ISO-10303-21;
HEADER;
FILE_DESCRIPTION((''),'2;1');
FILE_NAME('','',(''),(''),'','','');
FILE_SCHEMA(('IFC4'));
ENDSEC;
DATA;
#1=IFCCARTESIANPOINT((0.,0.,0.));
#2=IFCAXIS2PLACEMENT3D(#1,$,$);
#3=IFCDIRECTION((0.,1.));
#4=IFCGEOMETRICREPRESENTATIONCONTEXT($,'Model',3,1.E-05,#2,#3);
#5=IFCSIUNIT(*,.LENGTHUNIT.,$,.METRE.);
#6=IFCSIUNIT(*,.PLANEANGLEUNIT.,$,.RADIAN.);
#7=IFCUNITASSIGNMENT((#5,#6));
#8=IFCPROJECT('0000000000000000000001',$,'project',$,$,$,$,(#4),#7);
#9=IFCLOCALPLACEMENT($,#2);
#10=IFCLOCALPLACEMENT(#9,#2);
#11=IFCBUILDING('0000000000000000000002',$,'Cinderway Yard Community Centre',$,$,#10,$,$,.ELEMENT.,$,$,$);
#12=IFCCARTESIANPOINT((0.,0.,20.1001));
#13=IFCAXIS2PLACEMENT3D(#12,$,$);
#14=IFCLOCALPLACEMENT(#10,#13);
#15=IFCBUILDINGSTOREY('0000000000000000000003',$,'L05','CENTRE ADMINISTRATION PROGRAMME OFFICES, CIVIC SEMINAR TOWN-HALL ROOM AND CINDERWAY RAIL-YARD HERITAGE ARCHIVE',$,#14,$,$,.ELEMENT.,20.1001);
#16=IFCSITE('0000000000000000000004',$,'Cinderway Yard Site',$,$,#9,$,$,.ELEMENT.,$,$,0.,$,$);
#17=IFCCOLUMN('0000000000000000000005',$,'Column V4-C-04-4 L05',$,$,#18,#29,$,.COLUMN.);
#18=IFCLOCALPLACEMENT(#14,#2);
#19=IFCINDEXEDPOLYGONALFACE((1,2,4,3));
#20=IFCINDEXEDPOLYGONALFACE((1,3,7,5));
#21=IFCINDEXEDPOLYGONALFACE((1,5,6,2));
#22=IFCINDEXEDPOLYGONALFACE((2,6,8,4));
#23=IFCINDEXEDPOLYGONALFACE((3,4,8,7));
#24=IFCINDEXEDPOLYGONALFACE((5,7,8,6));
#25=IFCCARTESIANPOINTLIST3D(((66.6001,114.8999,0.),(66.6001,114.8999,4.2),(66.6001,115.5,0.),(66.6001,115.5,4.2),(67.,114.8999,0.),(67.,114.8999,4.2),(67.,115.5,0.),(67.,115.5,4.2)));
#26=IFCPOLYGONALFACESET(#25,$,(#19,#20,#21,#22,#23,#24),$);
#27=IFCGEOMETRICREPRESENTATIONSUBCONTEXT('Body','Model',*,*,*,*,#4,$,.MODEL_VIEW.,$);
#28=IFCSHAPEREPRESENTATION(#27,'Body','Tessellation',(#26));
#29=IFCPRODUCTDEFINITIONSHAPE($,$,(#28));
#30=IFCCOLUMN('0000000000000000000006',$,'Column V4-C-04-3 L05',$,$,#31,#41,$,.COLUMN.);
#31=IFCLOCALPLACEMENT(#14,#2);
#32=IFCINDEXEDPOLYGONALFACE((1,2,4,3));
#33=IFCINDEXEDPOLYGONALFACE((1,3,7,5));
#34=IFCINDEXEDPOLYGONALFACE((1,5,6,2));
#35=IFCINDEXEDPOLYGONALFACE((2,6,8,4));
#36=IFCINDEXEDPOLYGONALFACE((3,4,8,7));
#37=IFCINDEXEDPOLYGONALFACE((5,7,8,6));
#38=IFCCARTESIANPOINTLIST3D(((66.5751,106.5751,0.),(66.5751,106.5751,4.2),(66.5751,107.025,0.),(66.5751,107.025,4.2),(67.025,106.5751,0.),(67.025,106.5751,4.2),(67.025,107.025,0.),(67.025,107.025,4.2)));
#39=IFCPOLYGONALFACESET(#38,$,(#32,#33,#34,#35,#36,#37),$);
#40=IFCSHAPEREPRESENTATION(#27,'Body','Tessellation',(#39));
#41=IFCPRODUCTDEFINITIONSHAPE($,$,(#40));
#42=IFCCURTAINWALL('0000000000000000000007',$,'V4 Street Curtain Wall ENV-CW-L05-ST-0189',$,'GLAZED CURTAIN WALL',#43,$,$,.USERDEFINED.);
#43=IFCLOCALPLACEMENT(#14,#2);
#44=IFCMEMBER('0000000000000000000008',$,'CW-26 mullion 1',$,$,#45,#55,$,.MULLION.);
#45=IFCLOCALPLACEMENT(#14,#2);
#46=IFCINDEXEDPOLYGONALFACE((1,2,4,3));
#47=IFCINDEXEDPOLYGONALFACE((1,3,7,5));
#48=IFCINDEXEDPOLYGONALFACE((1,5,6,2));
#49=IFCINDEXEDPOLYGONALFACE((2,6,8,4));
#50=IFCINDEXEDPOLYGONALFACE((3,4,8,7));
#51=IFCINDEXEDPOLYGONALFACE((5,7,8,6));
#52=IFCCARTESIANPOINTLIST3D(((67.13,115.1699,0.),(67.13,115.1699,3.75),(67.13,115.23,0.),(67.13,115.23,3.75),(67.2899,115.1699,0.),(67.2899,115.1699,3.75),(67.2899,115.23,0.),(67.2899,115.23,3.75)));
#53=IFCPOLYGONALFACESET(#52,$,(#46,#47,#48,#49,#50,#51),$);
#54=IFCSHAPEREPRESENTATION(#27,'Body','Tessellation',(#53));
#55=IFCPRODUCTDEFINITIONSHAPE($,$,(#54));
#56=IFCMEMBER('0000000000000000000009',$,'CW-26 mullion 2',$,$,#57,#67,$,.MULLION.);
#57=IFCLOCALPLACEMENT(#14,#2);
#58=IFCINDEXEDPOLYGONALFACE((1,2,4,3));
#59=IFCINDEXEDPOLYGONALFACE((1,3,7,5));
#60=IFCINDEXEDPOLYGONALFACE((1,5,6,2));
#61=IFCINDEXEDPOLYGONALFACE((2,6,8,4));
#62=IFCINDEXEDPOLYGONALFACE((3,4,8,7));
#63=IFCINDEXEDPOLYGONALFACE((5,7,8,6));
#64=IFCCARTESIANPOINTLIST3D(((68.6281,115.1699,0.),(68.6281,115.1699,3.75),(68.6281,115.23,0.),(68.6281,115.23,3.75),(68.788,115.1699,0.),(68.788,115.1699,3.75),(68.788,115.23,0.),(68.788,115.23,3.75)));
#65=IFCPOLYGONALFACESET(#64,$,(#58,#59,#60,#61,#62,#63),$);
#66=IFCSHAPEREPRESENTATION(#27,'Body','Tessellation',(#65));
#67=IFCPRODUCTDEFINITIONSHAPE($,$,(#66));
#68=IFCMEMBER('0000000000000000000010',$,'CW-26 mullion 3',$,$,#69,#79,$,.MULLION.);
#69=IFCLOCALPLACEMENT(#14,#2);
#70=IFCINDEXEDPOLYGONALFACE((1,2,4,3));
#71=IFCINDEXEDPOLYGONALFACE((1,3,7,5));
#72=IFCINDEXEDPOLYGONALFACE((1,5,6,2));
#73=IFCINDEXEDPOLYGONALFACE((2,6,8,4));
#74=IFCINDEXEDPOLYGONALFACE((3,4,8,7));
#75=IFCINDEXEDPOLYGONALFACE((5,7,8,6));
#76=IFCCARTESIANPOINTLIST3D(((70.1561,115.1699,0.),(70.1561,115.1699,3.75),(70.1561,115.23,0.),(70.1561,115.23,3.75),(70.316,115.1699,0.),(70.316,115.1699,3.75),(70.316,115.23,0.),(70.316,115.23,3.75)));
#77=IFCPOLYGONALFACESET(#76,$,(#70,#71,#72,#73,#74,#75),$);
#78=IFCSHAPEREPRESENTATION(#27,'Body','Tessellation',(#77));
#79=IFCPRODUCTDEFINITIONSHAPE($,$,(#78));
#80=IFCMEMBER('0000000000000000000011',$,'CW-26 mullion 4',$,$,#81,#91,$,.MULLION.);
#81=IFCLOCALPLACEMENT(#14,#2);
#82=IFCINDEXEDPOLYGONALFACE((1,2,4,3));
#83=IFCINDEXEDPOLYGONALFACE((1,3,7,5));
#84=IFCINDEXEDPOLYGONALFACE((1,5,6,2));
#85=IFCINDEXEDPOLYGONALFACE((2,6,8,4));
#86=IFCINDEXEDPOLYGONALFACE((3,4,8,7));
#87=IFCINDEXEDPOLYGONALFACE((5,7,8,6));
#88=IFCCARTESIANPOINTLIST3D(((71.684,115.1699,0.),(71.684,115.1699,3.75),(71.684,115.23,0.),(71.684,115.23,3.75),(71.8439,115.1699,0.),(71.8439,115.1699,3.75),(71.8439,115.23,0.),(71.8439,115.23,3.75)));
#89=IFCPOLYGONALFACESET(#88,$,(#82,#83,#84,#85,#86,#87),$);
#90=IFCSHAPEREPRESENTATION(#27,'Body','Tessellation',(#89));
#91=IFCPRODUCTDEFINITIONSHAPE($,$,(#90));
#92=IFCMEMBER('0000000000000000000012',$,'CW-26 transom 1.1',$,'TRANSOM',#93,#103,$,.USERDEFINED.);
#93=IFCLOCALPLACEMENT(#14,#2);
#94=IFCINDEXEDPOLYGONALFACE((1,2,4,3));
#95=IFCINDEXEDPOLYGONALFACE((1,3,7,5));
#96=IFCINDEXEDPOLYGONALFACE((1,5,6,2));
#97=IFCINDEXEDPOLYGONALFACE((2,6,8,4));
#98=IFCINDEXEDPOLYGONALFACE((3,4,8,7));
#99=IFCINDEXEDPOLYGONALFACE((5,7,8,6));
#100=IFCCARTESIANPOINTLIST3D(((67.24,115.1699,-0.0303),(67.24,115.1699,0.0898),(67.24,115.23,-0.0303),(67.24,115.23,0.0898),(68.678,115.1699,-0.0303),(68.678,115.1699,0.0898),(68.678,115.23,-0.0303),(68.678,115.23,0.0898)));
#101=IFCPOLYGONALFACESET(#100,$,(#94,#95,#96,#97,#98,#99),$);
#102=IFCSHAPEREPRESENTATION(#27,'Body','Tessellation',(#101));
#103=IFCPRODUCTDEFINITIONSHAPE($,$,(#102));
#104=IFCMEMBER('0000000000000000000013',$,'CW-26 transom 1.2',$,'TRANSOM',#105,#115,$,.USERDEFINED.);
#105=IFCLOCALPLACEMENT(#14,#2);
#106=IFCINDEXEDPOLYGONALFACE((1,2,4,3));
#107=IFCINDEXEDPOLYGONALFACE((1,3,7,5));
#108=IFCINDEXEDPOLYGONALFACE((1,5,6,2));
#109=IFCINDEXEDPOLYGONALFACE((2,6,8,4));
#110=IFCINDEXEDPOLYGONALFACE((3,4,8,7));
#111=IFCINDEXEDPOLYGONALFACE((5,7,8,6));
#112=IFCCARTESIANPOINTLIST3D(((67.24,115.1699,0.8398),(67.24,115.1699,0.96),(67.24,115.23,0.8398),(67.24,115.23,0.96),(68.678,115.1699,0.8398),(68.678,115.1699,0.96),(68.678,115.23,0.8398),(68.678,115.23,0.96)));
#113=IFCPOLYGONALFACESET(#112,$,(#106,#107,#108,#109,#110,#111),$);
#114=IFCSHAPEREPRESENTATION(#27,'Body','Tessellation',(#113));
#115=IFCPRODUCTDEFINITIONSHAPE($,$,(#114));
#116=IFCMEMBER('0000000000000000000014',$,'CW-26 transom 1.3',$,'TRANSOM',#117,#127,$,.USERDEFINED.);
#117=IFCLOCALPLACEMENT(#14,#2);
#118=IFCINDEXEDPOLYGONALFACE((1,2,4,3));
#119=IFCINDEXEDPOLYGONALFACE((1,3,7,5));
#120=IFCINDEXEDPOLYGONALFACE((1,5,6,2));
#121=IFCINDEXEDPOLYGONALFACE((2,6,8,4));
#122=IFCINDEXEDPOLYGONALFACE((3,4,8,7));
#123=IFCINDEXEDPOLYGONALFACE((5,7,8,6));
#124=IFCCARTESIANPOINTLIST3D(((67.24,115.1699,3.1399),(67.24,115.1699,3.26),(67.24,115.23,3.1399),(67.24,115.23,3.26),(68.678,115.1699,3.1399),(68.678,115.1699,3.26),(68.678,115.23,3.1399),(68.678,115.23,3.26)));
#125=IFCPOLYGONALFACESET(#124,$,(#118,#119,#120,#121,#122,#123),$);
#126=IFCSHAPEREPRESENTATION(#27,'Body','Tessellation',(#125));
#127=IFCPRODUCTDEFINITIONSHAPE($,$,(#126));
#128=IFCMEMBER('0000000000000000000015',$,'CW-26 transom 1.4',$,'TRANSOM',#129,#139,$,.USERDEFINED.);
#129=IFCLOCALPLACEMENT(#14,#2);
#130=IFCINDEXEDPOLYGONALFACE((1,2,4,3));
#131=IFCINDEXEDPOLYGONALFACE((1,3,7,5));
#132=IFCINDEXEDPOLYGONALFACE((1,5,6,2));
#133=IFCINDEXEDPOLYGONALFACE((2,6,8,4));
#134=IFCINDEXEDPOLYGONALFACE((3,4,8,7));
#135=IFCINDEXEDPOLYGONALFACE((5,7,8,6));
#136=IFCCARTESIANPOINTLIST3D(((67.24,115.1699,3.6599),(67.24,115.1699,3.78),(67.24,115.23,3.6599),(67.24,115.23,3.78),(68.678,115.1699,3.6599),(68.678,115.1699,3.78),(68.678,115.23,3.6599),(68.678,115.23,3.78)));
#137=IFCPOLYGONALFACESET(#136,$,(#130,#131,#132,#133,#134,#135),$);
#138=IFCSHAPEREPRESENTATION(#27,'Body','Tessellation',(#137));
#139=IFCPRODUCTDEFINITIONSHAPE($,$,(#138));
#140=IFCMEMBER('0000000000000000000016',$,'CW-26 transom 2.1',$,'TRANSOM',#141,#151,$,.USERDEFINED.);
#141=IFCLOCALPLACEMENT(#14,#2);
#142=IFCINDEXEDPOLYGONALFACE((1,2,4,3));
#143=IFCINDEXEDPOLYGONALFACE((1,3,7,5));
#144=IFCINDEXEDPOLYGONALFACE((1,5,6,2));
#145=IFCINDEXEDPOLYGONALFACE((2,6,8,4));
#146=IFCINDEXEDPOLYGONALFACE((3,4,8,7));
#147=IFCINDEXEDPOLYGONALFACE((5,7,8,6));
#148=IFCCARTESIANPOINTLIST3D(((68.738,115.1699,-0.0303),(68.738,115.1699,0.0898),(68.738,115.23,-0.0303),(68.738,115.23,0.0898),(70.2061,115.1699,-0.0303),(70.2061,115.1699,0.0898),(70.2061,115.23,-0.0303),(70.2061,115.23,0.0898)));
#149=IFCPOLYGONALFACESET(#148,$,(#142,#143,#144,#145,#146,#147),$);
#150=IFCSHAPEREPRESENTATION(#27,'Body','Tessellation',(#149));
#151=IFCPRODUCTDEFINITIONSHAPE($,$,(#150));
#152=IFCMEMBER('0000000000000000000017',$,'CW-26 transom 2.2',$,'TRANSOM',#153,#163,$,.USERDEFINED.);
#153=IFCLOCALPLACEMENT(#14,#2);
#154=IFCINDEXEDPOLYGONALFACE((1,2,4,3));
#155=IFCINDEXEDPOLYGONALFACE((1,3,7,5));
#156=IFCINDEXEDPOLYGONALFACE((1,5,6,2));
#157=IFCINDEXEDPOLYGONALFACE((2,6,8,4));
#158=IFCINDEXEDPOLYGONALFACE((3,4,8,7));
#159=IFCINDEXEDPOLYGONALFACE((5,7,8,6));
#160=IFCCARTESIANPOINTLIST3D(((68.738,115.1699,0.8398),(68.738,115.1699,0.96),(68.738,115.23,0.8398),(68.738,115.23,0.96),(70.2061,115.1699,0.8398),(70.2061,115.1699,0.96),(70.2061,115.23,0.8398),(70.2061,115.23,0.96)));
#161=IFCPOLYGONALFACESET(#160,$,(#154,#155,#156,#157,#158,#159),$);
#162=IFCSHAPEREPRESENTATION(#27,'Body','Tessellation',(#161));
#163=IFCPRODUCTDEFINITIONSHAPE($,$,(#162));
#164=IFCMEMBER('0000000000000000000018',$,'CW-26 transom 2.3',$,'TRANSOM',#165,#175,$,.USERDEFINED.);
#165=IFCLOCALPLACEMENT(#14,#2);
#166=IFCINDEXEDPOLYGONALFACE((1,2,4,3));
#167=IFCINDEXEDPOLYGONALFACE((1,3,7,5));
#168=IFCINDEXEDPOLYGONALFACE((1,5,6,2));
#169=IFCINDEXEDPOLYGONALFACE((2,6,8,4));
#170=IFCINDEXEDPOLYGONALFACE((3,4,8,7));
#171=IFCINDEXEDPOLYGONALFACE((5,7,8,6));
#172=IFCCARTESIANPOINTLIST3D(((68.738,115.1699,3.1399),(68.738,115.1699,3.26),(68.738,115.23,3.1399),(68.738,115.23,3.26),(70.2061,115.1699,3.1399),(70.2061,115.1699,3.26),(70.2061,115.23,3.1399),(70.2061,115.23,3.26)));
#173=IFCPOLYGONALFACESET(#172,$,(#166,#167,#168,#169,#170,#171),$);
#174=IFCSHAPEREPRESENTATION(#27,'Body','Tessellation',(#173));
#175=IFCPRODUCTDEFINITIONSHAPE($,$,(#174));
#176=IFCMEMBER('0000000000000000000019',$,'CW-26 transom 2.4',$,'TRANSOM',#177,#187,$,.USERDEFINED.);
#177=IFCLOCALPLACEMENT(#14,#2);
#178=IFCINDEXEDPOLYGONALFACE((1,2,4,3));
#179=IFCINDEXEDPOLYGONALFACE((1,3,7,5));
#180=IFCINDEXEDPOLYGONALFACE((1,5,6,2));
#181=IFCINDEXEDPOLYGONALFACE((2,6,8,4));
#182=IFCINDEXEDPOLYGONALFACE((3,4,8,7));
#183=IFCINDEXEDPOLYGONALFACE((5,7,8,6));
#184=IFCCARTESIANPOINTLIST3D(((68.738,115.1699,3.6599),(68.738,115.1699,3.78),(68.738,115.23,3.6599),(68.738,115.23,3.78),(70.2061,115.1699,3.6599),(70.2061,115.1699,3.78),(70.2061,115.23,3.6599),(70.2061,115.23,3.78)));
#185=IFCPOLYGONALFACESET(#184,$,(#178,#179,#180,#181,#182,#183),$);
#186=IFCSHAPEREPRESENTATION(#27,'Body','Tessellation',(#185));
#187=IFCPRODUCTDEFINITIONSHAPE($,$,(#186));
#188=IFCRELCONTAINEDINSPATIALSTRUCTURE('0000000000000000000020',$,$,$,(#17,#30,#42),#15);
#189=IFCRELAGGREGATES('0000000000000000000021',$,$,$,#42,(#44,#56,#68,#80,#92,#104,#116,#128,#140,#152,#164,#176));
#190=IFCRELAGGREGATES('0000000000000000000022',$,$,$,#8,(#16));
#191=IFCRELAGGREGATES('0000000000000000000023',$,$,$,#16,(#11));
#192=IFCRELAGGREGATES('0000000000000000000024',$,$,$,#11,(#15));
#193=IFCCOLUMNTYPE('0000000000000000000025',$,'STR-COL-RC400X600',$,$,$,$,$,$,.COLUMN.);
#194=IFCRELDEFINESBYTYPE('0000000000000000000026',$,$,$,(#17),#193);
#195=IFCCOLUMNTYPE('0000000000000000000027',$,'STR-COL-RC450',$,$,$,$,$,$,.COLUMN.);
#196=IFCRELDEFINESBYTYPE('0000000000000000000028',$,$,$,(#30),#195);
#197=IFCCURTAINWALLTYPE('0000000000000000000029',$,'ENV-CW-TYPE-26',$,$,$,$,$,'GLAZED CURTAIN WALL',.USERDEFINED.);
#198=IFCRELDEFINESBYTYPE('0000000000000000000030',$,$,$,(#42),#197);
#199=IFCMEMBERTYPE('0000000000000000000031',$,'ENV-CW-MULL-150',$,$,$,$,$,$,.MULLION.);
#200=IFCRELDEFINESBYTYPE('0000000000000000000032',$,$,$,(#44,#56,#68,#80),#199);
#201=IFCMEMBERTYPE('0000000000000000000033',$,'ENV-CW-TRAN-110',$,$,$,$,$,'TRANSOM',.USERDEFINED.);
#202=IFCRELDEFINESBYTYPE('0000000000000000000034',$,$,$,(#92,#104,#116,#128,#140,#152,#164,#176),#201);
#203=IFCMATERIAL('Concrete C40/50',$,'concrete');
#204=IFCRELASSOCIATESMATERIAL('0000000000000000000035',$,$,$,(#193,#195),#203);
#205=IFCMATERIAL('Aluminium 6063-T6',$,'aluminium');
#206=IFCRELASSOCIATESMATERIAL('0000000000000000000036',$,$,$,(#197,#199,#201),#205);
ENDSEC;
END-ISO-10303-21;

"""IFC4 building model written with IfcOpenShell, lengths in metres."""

from ifc_helpers import new_model, si_unit, direction, frame, origin, origin_2d, place, context, subcontext, project, spatial, rectangle, extrude, material, material_profile, profile_set, type_object, element, aggregate, save


model = new_model("IFC4")

# Units and contexts
model_context = context("Model", 3, precision=1e-05, world=origin(), true_north=direction((0.0, 1.0)))
body_context = subcontext(model_context, "Body", "Model", "MODEL_VIEW")
ifc_project = project(units=[si_unit("LENGTHUNIT", "METRE"), si_unit("PLANEANGLEUNIT", "RADIAN")], contexts=[model_context])

# Site, building, storey
site_placement = place(None, origin())
site = spatial("IfcSite", under=ifc_project, at=site_placement, Name="Cinderway Yard Site", CompositionType="ELEMENT", RefElevation=0.0)
building_placement = place(site_placement, origin())
building = spatial("IfcBuilding", under=site, at=building_placement, Name="Cinderway Yard Community Centre", CompositionType="ELEMENT")
storey_placement = place(building_placement, frame((0.0, 0.0, 20.1001)))
storey = spatial("IfcBuildingStorey", under=building, at=storey_placement, Name="L05", Description="CENTRE ADMINISTRATION PROGRAMME OFFICES, CIVIC SEMINAR TOWN-HALL ROOM AND CINDERWAY RAIL-YARD HERITAGE ARCHIVE", CompositionType="ELEMENT", Elevation=20.1001)

# Columns
ifc_material_1 = material(Name="Concrete C40/50", Category="concrete")
ifc_material_profile_1 = material_profile(ifc_material_1, rectangle(XDim=0.3999, YDim=0.6001, at=origin_2d()), Name="Concrete C40/50")
ifc_profile_set_1 = profile_set([ifc_material_profile_1], Name="Concrete C40/50")
column_type_1 = type_object("IfcColumnType", Name="STR-COL-RC400X600", PredefinedType="COLUMN", material=ifc_profile_set_1)
column_1_placement = place(storey_placement, frame((66.8, 115.2, 0.0), z_axis=(0.0, 0.0, 1.0), x_axis=(1.0, 0.0, 0.0)))
element("IfcColumn", 1, at=column_1_placement, inside=storey, type_object=column_type_1, Name="Column V4-C-04-4 L05", PredefinedType="COLUMN", context=body_context, shape_type="SweptSolid", body=[
    extrude(rectangle(XDim=0.3999, YDim=0.6001, at=origin_2d()), origin(), (0.0, 0.0, 1.0), 4.2),
])
ifc_material_profile_2 = material_profile(ifc_material_1, rectangle(XDim=0.45, YDim=0.45, at=origin_2d()), Name="Concrete C40/50")
ifc_profile_set_2 = profile_set([ifc_material_profile_2], Name="Concrete C40/50")
column_type_2 = type_object("IfcColumnType", Name="STR-COL-RC450", PredefinedType="COLUMN", material=ifc_profile_set_2)
column_2_placement = place(storey_placement, frame((66.8, 106.8, 0.0), z_axis=(0.0, 0.0, 1.0), x_axis=(1.0, 0.0, 0.0)))
element("IfcColumn", 2, at=column_2_placement, inside=storey, type_object=column_type_2, Name="Column V4-C-04-3 L05", PredefinedType="COLUMN", context=body_context, shape_type="SweptSolid", body=[
    extrude(rectangle(XDim=0.45, YDim=0.45, at=origin_2d()), origin(), (0.0, 0.0, 1.0), 4.2),
])

# Curtain wall, members
ifc_material_2 = material(Name="Aluminium 6063-T6", Category="aluminium")
curtain_wall_type = type_object("IfcCurtainWallType", Name="ENV-CW-TYPE-26", ElementType="GLAZED CURTAIN WALL", PredefinedType="USERDEFINED", material=ifc_material_2)
curtain_wall_placement = place(storey_placement, origin())
curtain_wall = element("IfcCurtainWall", 3, at=curtain_wall_placement, inside=storey, type_object=curtain_wall_type, Name="V4 Street Curtain Wall ENV-CW-L05-ST-0189", ObjectType="GLAZED CURTAIN WALL", PredefinedType="USERDEFINED")
ifc_material_profile_3 = material_profile(ifc_material_2, rectangle(XDim=0.0601, YDim=0.1599, at=origin_2d()), Name="Aluminium 6063-T6")
ifc_profile_set_3 = profile_set([ifc_material_profile_3], Name="Aluminium 6063-T6")
member_type_1 = type_object("IfcMemberType", Name="ENV-CW-MULL-150", PredefinedType="MULLION", material=ifc_profile_set_3)
member_1_placement = place(storey_placement, frame((67.21, 115.2, 0.0), z_axis=(0.0, 0.0, 1.0), x_axis=(0.0, 1.0, 0.0)))
member_1 = element("IfcMember", 4, at=member_1_placement, type_object=member_type_1, Name="CW-26 mullion 1", PredefinedType="MULLION", context=body_context, shape_type="SweptSolid", body=[
    extrude(rectangle(XDim=0.0601, YDim=0.1599, at=origin_2d()), origin(), (0.0, 0.0, 1.0), 3.75),
])
member_2_placement = place(storey_placement, frame((68.708, 115.2, 0.0), z_axis=(0.0, 0.0, 1.0), x_axis=(0.0, 1.0, 0.0)))
member_2 = element("IfcMember", 5, at=member_2_placement, type_object=member_type_1, Name="CW-26 mullion 2", PredefinedType="MULLION", context=body_context, shape_type="SweptSolid", body=[
    extrude(rectangle(XDim=0.0601, YDim=0.1599, at=origin_2d()), origin(), (0.0, 0.0, 1.0), 3.75),
])
member_3_placement = place(storey_placement, frame((70.2361, 115.2, 0.0), z_axis=(0.0, 0.0, 1.0), x_axis=(0.0, 1.0, 0.0)))
member_3 = element("IfcMember", 6, at=member_3_placement, type_object=member_type_1, Name="CW-26 mullion 3", PredefinedType="MULLION", context=body_context, shape_type="SweptSolid", body=[
    extrude(rectangle(XDim=0.0601, YDim=0.1599, at=origin_2d()), origin(), (0.0, 0.0, 1.0), 3.75),
])
member_4_placement = place(storey_placement, frame((71.7639, 115.2, 0.0), z_axis=(0.0, 0.0, 1.0), x_axis=(0.0, 1.0, 0.0)))
member_4 = element("IfcMember", 7, at=member_4_placement, type_object=member_type_1, Name="CW-26 mullion 4", PredefinedType="MULLION", context=body_context, shape_type="SweptSolid", body=[
    extrude(rectangle(XDim=0.0601, YDim=0.1599, at=origin_2d()), origin(), (0.0, 0.0, 1.0), 3.75),
])
ifc_material_profile_4 = material_profile(ifc_material_2, rectangle(XDim=0.0601, YDim=0.1201, at=origin_2d()), Name="Aluminium 6063-T6")
ifc_profile_set_4 = profile_set([ifc_material_profile_4], Name="Aluminium 6063-T6")
member_type_2 = type_object("IfcMemberType", Name="ENV-CW-TRAN-110", ElementType="TRANSOM", PredefinedType="USERDEFINED", material=ifc_profile_set_4)
member_5_placement = place(storey_placement, frame((67.24, 115.2, 0.0298), z_axis=(1.0, 0.0, 0.0), x_axis=(0.0, 1.0, 0.0)))
member_5 = element("IfcMember", 8, at=member_5_placement, type_object=member_type_2, Name="CW-26 transom 1.1", ObjectType="TRANSOM", PredefinedType="USERDEFINED", context=body_context, shape_type="SweptSolid", body=[
    extrude(rectangle(XDim=0.0601, YDim=0.1201, at=origin_2d()), origin(), (0.0, 0.0, 1.0), 1.438),
])
member_6_placement = place(storey_placement, frame((67.24, 115.2, 0.8999), z_axis=(1.0, 0.0, 0.0), x_axis=(0.0, 1.0, 0.0)))
member_6 = element("IfcMember", 9, at=member_6_placement, type_object=member_type_2, Name="CW-26 transom 1.2", ObjectType="TRANSOM", PredefinedType="USERDEFINED", context=body_context, shape_type="SweptSolid", body=[
    extrude(rectangle(XDim=0.0601, YDim=0.1201, at=origin_2d()), origin(), (0.0, 0.0, 1.0), 1.438),
])
member_7_placement = place(storey_placement, frame((67.24, 115.2, 3.2), z_axis=(1.0, 0.0, 0.0), x_axis=(0.0, 1.0, 0.0)))
member_7 = element("IfcMember", 10, at=member_7_placement, type_object=member_type_2, Name="CW-26 transom 1.3", ObjectType="TRANSOM", PredefinedType="USERDEFINED", context=body_context, shape_type="SweptSolid", body=[
    extrude(rectangle(XDim=0.0601, YDim=0.1201, at=origin_2d()), origin(), (0.0, 0.0, 1.0), 1.438),
])
member_8_placement = place(storey_placement, frame((67.24, 115.2, 3.72), z_axis=(1.0, 0.0, 0.0), x_axis=(0.0, 1.0, 0.0)))
member_8 = element("IfcMember", 11, at=member_8_placement, type_object=member_type_2, Name="CW-26 transom 1.4", ObjectType="TRANSOM", PredefinedType="USERDEFINED", context=body_context, shape_type="SweptSolid", body=[
    extrude(rectangle(XDim=0.0601, YDim=0.1201, at=origin_2d()), origin(), (0.0, 0.0, 1.0), 1.438),
])
member_9_placement = place(storey_placement, frame((68.738, 115.2, 0.0298), z_axis=(1.0, 0.0, 0.0), x_axis=(0.0, 1.0, 0.0)))
member_9 = element("IfcMember", 12, at=member_9_placement, type_object=member_type_2, Name="CW-26 transom 2.1", ObjectType="TRANSOM", PredefinedType="USERDEFINED", context=body_context, shape_type="SweptSolid", body=[
    extrude(rectangle(XDim=0.0601, YDim=0.1201, at=origin_2d()), origin(), (0.0, 0.0, 1.0), 1.468),
])
member_10_placement = place(storey_placement, frame((68.738, 115.2, 0.8999), z_axis=(1.0, 0.0, 0.0), x_axis=(0.0, 1.0, 0.0)))
member_10 = element("IfcMember", 13, at=member_10_placement, type_object=member_type_2, Name="CW-26 transom 2.2", ObjectType="TRANSOM", PredefinedType="USERDEFINED", context=body_context, shape_type="SweptSolid", body=[
    extrude(rectangle(XDim=0.0601, YDim=0.1201, at=origin_2d()), origin(), (0.0, 0.0, 1.0), 1.468),
])
member_11_placement = place(storey_placement, frame((68.738, 115.2, 3.2), z_axis=(1.0, 0.0, 0.0), x_axis=(0.0, 1.0, 0.0)))
member_11 = element("IfcMember", 14, at=member_11_placement, type_object=member_type_2, Name="CW-26 transom 2.3", ObjectType="TRANSOM", PredefinedType="USERDEFINED", context=body_context, shape_type="SweptSolid", body=[
    extrude(rectangle(XDim=0.0601, YDim=0.1201, at=origin_2d()), origin(), (0.0, 0.0, 1.0), 1.468),
])
member_12_placement = place(storey_placement, frame((68.738, 115.2, 3.72), z_axis=(1.0, 0.0, 0.0), x_axis=(0.0, 1.0, 0.0)))
member_12 = element("IfcMember", 15, at=member_12_placement, type_object=member_type_2, Name="CW-26 transom 2.4", ObjectType="TRANSOM", PredefinedType="USERDEFINED", context=body_context, shape_type="SweptSolid", body=[
    extrude(rectangle(XDim=0.0601, YDim=0.1201, at=origin_2d()), origin(), (0.0, 0.0, 1.0), 1.468),
])

aggregate(curtain_wall, [member_1, member_2, member_3, member_4, member_5, member_6, member_7, member_8, member_9, member_10, member_11, member_12])

save(model, "model.ifc")
